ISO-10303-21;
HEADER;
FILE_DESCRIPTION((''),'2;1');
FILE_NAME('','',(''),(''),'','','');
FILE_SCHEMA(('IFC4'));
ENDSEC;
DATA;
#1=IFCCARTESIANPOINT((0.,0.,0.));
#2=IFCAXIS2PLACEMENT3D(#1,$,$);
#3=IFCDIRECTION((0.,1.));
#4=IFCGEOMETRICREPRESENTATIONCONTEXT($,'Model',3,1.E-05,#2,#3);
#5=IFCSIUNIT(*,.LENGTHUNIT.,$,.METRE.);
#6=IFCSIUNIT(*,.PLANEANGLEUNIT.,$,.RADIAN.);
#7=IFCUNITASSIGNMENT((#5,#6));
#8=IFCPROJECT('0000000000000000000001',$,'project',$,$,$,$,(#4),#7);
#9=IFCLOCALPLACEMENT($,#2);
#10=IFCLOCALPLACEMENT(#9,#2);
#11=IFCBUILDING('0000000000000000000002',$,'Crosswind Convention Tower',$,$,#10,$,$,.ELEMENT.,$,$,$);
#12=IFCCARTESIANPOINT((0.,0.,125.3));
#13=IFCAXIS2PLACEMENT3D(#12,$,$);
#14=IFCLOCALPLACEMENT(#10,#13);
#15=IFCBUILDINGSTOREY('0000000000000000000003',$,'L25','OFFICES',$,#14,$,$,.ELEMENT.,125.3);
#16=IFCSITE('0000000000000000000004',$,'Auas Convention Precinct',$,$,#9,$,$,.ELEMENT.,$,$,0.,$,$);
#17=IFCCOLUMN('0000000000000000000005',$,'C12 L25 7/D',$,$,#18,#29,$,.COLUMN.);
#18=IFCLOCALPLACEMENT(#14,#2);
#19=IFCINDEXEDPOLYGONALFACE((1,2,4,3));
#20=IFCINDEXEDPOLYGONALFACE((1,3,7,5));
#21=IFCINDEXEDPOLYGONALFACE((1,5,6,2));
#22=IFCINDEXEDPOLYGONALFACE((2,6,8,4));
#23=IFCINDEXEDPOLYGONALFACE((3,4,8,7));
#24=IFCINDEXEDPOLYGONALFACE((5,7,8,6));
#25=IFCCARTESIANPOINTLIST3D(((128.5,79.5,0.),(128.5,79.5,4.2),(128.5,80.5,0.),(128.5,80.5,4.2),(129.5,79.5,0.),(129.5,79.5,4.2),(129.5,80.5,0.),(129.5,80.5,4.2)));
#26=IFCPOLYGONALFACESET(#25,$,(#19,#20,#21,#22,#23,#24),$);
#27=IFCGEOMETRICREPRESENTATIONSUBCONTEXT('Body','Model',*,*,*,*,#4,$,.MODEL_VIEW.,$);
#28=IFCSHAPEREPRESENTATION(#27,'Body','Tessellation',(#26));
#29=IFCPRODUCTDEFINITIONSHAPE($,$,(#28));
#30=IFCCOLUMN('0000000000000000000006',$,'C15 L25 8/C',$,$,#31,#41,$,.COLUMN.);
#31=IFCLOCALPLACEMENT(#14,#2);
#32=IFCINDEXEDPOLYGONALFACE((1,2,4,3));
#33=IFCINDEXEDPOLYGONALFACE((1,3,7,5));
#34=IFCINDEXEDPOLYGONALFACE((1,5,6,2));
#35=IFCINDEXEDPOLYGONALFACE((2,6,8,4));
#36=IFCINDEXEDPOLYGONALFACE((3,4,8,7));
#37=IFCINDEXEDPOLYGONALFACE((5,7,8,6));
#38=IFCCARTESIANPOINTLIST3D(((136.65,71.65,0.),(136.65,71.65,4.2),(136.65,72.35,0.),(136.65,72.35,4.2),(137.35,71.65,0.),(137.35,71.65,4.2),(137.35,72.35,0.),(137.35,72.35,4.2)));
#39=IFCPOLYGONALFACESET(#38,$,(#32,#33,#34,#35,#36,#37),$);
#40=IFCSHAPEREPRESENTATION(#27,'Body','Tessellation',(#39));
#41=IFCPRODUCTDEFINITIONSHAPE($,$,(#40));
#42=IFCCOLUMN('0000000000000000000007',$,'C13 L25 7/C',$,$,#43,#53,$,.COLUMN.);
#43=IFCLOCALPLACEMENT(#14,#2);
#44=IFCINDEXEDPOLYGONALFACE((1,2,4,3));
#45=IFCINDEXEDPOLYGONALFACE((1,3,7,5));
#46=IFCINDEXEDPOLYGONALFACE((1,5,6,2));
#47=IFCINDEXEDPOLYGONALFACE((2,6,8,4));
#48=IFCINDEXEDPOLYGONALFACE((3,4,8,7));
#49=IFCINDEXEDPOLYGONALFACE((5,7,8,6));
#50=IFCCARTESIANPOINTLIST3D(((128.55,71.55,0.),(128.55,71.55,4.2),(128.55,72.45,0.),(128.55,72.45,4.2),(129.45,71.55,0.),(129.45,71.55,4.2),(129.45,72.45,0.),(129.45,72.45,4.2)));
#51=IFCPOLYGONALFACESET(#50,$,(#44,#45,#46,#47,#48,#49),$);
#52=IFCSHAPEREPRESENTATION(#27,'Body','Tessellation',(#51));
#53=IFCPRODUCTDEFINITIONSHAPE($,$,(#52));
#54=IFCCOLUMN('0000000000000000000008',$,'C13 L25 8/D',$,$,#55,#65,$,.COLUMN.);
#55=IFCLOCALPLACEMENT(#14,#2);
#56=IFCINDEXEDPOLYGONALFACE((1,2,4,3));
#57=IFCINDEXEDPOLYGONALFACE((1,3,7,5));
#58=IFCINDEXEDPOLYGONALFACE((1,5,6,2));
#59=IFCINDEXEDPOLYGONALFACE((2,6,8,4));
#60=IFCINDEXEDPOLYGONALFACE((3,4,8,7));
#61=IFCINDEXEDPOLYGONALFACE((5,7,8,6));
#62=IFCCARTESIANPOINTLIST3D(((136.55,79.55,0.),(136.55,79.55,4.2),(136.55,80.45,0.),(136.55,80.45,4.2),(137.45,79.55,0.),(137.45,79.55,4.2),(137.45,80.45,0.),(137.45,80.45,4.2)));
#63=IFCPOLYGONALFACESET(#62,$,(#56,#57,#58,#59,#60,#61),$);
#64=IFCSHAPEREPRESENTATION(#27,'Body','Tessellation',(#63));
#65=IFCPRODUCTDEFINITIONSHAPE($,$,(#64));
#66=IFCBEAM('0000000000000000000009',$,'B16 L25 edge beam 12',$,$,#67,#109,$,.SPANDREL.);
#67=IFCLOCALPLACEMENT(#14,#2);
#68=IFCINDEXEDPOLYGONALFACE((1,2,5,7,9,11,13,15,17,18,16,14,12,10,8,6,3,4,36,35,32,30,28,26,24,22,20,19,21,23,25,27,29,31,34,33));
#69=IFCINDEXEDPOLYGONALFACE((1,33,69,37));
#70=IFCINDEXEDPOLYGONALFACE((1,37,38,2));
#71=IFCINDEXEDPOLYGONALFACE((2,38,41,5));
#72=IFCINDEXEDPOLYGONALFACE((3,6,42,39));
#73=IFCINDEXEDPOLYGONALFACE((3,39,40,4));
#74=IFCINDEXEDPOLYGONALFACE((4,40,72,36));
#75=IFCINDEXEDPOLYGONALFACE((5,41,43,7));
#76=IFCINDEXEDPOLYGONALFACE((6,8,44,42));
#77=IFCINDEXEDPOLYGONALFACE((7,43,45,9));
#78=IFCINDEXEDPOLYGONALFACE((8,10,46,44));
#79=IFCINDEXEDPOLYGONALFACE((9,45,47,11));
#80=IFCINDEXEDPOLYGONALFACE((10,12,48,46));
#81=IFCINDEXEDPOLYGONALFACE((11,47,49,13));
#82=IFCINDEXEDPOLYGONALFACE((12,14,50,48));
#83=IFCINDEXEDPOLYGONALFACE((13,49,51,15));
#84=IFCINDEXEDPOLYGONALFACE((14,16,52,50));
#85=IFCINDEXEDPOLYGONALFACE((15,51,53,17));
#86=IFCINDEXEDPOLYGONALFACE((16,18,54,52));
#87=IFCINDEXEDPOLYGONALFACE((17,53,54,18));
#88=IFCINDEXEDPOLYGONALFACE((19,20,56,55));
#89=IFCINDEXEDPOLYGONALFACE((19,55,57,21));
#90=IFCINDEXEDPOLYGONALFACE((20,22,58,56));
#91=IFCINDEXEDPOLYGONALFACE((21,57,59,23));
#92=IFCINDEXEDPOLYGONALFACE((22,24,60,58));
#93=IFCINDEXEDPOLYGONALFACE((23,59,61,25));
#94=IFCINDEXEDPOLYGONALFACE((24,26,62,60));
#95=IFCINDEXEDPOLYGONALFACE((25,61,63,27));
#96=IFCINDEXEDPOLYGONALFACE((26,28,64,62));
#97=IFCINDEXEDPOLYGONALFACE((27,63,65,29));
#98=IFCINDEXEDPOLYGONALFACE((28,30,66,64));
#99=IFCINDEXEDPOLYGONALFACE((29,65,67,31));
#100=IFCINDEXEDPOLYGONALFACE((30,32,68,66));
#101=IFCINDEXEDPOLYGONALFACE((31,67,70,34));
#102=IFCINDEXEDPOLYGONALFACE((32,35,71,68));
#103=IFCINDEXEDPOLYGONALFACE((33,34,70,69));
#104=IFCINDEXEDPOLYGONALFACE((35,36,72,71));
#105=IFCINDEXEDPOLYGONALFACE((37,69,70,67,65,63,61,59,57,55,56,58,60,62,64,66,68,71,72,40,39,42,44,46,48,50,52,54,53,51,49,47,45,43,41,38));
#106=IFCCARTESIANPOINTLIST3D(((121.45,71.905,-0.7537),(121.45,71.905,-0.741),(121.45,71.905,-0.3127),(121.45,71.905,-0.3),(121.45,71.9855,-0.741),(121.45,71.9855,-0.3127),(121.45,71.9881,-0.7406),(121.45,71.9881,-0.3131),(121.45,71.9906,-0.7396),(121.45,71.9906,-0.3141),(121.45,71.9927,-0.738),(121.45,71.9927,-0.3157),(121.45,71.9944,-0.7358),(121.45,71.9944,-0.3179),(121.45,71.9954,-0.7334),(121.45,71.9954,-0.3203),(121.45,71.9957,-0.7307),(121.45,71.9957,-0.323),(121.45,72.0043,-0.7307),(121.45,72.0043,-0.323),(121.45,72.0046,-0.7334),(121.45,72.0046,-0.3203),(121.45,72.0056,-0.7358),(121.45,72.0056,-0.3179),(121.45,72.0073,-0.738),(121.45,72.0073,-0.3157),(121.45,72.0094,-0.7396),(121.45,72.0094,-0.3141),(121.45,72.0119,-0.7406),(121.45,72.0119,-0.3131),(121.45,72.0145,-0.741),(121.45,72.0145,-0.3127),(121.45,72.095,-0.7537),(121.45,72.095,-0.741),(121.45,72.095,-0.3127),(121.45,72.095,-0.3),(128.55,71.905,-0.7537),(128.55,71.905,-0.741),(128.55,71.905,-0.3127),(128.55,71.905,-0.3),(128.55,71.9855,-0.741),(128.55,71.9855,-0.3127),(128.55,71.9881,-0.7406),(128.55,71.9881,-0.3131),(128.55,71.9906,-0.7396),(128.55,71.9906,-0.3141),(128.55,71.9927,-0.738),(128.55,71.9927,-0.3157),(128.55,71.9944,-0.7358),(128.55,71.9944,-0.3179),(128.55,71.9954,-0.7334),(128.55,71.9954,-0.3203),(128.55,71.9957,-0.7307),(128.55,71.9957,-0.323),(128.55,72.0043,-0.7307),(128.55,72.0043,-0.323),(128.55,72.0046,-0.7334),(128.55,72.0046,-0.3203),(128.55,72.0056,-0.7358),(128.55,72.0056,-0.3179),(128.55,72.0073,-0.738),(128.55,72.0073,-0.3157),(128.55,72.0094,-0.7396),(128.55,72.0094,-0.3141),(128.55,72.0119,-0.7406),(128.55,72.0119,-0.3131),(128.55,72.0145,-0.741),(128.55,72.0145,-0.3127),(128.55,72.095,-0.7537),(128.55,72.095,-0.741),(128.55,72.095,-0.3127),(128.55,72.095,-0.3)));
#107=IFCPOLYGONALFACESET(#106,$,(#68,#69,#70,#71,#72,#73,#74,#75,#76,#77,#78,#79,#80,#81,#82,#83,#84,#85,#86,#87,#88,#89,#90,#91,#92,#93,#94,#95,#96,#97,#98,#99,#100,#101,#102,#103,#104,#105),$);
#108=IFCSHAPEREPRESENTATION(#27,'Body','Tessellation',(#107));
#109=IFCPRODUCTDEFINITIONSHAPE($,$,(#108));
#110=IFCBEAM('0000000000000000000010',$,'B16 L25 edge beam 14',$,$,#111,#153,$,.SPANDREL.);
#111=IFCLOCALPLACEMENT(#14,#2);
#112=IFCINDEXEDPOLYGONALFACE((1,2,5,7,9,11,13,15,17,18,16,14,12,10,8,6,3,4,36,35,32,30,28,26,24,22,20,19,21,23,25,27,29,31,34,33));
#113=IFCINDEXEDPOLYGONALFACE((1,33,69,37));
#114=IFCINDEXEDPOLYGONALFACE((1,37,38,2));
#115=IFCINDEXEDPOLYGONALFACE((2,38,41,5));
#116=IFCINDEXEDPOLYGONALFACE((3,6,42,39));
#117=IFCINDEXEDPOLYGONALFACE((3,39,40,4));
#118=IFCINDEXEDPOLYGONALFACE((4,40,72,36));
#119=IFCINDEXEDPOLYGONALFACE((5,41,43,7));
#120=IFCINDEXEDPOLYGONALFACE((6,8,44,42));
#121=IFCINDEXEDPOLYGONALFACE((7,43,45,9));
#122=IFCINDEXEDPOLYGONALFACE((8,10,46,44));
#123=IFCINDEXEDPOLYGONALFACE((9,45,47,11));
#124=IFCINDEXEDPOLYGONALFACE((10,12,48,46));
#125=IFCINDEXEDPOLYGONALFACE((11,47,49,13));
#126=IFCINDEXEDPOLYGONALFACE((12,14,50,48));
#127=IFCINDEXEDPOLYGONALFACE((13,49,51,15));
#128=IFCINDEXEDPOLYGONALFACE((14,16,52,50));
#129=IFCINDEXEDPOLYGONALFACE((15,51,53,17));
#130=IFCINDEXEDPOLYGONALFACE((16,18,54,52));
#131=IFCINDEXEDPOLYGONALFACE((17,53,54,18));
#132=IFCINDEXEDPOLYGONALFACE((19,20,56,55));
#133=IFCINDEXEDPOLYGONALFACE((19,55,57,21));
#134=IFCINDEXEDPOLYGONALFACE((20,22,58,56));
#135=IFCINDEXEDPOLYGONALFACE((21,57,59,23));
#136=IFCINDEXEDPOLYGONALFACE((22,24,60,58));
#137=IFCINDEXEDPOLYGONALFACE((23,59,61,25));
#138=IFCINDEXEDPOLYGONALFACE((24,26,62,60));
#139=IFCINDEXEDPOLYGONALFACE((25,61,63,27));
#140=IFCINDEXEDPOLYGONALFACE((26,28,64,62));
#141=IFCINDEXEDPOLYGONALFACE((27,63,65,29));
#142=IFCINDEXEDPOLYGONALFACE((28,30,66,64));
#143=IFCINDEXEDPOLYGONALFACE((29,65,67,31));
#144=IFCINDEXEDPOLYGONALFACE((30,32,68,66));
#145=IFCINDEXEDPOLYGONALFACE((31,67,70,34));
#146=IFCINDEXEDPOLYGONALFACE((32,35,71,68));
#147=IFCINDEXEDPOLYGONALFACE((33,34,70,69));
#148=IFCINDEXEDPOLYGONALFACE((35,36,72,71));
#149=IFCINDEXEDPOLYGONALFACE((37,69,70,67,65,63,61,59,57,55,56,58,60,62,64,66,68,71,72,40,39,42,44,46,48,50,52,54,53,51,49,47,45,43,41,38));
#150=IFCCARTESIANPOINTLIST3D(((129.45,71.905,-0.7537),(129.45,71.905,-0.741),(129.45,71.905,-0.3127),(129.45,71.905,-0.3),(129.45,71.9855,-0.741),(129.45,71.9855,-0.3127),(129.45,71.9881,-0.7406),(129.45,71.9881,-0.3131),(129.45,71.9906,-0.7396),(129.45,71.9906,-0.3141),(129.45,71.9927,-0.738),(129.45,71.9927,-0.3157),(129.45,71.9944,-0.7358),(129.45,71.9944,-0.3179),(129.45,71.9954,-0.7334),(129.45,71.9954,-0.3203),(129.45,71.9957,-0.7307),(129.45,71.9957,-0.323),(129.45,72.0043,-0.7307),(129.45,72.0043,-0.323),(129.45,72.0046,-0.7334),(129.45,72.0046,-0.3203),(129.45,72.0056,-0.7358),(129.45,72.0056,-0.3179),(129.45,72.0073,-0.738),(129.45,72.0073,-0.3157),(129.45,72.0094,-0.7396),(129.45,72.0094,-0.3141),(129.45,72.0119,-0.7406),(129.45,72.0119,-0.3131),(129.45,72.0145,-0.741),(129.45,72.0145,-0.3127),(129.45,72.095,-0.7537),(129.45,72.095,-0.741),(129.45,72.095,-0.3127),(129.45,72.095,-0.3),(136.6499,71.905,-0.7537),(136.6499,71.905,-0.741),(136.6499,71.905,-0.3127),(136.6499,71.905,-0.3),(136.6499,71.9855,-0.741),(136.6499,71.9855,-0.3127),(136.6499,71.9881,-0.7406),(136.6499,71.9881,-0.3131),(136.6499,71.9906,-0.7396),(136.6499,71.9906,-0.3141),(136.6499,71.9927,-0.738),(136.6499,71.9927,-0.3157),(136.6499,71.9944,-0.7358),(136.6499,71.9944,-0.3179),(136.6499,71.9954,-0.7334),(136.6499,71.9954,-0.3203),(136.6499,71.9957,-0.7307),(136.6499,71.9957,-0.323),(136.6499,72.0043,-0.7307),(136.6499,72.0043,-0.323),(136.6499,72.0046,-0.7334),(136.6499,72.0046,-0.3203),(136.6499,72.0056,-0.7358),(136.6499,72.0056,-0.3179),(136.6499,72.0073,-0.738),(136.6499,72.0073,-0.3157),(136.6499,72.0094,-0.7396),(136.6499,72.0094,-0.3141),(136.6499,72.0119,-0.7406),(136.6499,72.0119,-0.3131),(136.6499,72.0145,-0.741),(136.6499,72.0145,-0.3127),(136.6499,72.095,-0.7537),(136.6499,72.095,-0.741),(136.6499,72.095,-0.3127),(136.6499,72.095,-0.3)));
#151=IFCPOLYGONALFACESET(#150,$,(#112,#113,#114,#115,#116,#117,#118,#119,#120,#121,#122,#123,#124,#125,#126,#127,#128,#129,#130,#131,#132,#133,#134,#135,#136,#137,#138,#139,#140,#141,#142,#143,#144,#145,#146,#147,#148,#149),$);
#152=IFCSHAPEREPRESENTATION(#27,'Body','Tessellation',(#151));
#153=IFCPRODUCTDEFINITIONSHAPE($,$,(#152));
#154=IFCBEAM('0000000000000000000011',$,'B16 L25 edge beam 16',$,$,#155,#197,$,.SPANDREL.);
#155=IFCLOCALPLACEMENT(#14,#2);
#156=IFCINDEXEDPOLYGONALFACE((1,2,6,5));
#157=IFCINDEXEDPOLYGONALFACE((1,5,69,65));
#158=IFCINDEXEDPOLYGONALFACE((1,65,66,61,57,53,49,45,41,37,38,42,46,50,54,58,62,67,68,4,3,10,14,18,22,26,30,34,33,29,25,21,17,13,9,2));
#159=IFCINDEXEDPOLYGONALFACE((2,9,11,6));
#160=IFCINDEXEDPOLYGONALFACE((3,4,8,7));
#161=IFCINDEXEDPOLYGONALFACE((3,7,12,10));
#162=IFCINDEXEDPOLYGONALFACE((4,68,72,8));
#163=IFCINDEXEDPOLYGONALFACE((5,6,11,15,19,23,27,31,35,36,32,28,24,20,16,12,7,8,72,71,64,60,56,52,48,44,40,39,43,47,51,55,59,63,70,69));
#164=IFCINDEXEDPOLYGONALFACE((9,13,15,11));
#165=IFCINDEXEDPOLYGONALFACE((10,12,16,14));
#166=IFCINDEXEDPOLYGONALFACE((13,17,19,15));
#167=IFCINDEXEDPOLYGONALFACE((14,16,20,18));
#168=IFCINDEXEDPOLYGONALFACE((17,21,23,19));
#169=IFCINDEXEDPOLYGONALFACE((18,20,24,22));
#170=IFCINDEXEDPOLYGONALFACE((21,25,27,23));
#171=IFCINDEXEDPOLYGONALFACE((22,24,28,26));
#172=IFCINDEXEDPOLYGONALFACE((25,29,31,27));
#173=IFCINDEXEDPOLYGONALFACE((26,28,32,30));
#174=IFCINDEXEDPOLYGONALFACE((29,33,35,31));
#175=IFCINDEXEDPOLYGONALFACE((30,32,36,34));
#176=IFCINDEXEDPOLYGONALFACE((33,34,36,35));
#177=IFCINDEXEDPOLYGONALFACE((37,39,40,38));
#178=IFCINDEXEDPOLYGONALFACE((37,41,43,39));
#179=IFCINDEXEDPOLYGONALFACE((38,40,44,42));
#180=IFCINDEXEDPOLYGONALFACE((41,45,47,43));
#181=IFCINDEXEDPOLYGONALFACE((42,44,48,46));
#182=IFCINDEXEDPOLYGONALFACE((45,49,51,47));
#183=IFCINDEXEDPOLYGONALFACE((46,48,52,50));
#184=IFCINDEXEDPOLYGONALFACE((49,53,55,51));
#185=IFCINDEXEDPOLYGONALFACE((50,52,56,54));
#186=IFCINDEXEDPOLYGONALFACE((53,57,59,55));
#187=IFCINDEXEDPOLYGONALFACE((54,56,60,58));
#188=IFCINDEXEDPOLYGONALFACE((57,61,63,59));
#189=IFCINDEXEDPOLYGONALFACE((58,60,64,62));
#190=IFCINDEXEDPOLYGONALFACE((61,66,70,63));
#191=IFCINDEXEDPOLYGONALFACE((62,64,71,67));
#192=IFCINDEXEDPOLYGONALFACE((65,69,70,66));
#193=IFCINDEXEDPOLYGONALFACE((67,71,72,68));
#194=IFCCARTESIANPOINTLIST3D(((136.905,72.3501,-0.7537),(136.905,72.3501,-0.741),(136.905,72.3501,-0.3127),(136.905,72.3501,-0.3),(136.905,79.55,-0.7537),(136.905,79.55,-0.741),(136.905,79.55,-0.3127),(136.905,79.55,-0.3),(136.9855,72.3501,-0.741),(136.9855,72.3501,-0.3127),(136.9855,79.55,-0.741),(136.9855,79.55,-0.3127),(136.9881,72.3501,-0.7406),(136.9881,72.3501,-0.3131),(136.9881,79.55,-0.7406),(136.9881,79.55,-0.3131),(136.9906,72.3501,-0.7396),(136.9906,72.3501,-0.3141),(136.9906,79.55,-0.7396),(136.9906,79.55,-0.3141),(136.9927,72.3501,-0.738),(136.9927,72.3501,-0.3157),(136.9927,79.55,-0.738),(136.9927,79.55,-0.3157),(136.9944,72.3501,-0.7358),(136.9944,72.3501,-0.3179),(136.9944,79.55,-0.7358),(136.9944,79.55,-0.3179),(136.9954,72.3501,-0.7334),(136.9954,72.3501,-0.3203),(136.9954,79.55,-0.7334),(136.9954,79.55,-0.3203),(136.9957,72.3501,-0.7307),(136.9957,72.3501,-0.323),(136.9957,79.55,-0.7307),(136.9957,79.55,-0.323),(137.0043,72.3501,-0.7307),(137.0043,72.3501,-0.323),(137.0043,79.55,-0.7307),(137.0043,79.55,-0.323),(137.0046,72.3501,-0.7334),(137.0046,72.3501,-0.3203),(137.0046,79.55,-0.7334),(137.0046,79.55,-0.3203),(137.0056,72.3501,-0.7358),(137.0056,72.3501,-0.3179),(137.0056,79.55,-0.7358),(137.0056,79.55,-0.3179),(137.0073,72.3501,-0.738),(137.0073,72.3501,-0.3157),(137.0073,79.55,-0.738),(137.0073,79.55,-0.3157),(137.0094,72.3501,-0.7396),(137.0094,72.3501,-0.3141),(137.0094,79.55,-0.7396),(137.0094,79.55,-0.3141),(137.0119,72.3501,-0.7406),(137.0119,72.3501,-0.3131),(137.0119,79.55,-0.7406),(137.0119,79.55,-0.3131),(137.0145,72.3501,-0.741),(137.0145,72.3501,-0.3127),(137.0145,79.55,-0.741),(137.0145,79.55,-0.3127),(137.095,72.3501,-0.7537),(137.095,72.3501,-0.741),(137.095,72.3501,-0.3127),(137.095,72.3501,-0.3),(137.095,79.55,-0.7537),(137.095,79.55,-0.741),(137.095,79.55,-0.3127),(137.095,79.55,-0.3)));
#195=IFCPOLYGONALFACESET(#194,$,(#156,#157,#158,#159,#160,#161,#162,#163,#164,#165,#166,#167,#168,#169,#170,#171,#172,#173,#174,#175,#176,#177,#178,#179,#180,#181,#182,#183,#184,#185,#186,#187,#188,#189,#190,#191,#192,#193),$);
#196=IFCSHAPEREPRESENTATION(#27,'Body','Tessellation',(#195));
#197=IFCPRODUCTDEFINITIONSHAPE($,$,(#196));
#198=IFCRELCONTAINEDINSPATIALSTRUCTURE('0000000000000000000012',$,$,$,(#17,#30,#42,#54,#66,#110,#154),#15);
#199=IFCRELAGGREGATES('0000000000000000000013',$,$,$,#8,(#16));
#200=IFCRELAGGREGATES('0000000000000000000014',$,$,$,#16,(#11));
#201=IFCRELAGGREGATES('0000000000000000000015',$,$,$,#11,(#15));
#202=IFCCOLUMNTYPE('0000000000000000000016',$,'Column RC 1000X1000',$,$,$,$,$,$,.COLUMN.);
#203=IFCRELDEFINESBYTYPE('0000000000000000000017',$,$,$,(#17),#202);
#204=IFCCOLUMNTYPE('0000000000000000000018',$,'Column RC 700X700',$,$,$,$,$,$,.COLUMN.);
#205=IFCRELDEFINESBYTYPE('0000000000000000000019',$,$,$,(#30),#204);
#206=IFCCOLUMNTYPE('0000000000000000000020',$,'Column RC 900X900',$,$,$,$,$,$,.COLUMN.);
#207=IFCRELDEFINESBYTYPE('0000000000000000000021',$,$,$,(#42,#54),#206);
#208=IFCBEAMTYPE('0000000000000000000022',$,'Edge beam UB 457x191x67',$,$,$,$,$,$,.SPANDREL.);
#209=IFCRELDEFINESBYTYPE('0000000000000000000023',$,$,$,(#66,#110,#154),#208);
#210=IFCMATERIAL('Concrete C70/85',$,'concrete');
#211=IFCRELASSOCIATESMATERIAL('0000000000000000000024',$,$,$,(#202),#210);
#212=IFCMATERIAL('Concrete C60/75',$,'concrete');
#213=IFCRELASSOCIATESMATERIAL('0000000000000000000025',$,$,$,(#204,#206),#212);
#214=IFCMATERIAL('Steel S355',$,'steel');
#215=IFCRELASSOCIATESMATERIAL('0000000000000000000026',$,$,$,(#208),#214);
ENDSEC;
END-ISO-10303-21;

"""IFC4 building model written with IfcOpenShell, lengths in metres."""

from ifc_helpers import new_model, si_unit, direction, frame, origin, origin_2d, place, context, subcontext, project, spatial, rectangle, i_section, extrude, material, material_profile, profile_set, type_object, element, save


model = new_model("IFC4")

# Units and contexts
model_context = context("Model", 3, precision=1e-05, world=origin(), true_north=direction((0.0, 1.0)))
body_context = subcontext(model_context, "Body", "Model", "MODEL_VIEW")
ifc_project = project(units=[si_unit("LENGTHUNIT", "METRE"), si_unit("PLANEANGLEUNIT", "RADIAN")], contexts=[model_context])

# Site, building, storey
site_placement = place(None, origin())
site = spatial("IfcSite", under=ifc_project, at=site_placement, Name="Auas Convention Precinct", CompositionType="ELEMENT", RefElevation=0.0)
building_placement = place(site_placement, origin())
building = spatial("IfcBuilding", under=site, at=building_placement, Name="Crosswind Convention Tower", CompositionType="ELEMENT")
storey_placement = place(building_placement, frame((0.0, 0.0, 125.3)))
storey = spatial("IfcBuildingStorey", under=building, at=storey_placement, Name="L25", Description="OFFICES", CompositionType="ELEMENT", Elevation=125.3)

# Columns
ifc_material_1 = material(Name="Concrete C70/85", Category="concrete")
ifc_material_profile_1 = material_profile(ifc_material_1, rectangle(XDim=1.0, YDim=1.0, at=origin_2d()), Name="RC 1000X1000")
ifc_profile_set_1 = profile_set([ifc_material_profile_1], Name="Concrete C70/85")
column_type_1 = type_object("IfcColumnType", Name="Column RC 1000X1000", PredefinedType="COLUMN", material=ifc_profile_set_1)
column_1_placement = place(storey_placement, frame((129.0, 80.0, 0.0), z_axis=(0.0, 0.0, 1.0), x_axis=(1.0, 0.0, 0.0)))
element("IfcColumn", 1, at=column_1_placement, inside=storey, type_object=column_type_1, Name="C12 L25 7/D", PredefinedType="COLUMN", context=body_context, shape_type="SweptSolid", body=[
    extrude(rectangle(XDim=1.0, YDim=1.0, at=origin_2d()), origin(), (0.0, 0.0, 1.0), 4.2),
])
ifc_material_2 = material(Name="Concrete C60/75", Category="concrete")
ifc_material_profile_2 = material_profile(ifc_material_2, rectangle(XDim=0.7, YDim=0.7, at=origin_2d()), Name="RC 700X700")
ifc_profile_set_2 = profile_set([ifc_material_profile_2], Name="Concrete C60/75")
column_type_2 = type_object("IfcColumnType", Name="Column RC 700X700", PredefinedType="COLUMN", material=ifc_profile_set_2)
column_2_placement = place(storey_placement, frame((137.0, 72.0, 0.0), z_axis=(0.0, 0.0, 1.0), x_axis=(1.0, 0.0, 0.0)))
element("IfcColumn", 2, at=column_2_placement, inside=storey, type_object=column_type_2, Name="C15 L25 8/C", PredefinedType="COLUMN", context=body_context, shape_type="SweptSolid", body=[
    extrude(rectangle(XDim=0.7, YDim=0.7, at=origin_2d()), origin(), (0.0, 0.0, 1.0), 4.2),
])
ifc_material_profile_3 = material_profile(ifc_material_2, rectangle(XDim=0.8999, YDim=0.8999, at=origin_2d()), Name="RC 900X900")
ifc_profile_set_3 = profile_set([ifc_material_profile_3], Name="Concrete C60/75")
column_type_3 = type_object("IfcColumnType", Name="Column RC 900X900", PredefinedType="COLUMN", material=ifc_profile_set_3)
for number, where, z_axis, x_axis, name in (
    (3, (129.0, 72.0, 0.0), (0.0, 0.0, 1.0), (1.0, 0.0, 0.0), "C13 L25 7/C"),
    (4, (137.0, 80.0, 0.0), (0.0, 0.0, 1.0), (1.0, 0.0, 0.0), "C13 L25 8/D"),
):
    element("IfcColumn", number, at=place(storey_placement, frame(where, z_axis=z_axis, x_axis=x_axis)), inside=storey, type_object=column_type_3, Name=name, PredefinedType="COLUMN", context=body_context, shape_type="SweptSolid", body=[
        extrude(rectangle(XDim=0.8999, YDim=0.8999, at=origin_2d()), origin(), (0.0, 0.0, 1.0), 4.2),
    ])

# Beams
ifc_material_3 = material(Name="Steel S355", Category="steel")
ifc_material_profile_4 = material_profile(ifc_material_3, i_section(OverallWidth=0.1899, OverallDepth=0.4536, WebThickness=0.0085, FlangeThickness=0.0127, FilletRadius=0.0103, at=origin_2d()), Name="UB 457x191x67")
ifc_profile_set_4 = profile_set([ifc_material_profile_4], Name="Steel S355")
beam_type_1 = type_object("IfcBeamType", Name="Edge beam UB 457x191x67", PredefinedType="SPANDREL", material=ifc_profile_set_4)
beam_1_placement = place(storey_placement, frame((121.45, 72.0, -0.5269), z_axis=(1.0, 0.0, 0.0), x_axis=(0.0, 1.0, 0.0)))
element("IfcBeam", 5, at=beam_1_placement, inside=storey, type_object=beam_type_1, Name="B16 L25 edge beam 12", PredefinedType="SPANDREL", context=body_context, shape_type="SweptSolid", body=[
    extrude(i_section(OverallWidth=0.1899, OverallDepth=0.4536, WebThickness=0.0085, FlangeThickness=0.0127, FilletRadius=0.0103, at=origin_2d()), origin(), (0.0, 0.0, 1.0), 7.1001),
])
for number, where, z_axis, x_axis, name in (
    (6, (129.45, 72.0, -0.5269), (1.0, 0.0, 0.0), (0.0, 1.0, 0.0), "B16 L25 edge beam 14"),
    (7, (137.0, 72.3501, -0.5269), (0.0, 1.0, 0.0), (-1.0, 0.0, 0.0), "B16 L25 edge beam 16"),
):
    element("IfcBeam", number, at=place(storey_placement, frame(where, z_axis=z_axis, x_axis=x_axis)), inside=storey, type_object=beam_type_1, Name=name, PredefinedType="SPANDREL", context=body_context, shape_type="SweptSolid", body=[
        extrude(i_section(OverallWidth=0.1899, OverallDepth=0.4536, WebThickness=0.0085, FlangeThickness=0.0127, FilletRadius=0.0103, at=origin_2d()), origin(), (0.0, 0.0, 1.0), 7.2),
    ])

save(model, "model.ifc")
